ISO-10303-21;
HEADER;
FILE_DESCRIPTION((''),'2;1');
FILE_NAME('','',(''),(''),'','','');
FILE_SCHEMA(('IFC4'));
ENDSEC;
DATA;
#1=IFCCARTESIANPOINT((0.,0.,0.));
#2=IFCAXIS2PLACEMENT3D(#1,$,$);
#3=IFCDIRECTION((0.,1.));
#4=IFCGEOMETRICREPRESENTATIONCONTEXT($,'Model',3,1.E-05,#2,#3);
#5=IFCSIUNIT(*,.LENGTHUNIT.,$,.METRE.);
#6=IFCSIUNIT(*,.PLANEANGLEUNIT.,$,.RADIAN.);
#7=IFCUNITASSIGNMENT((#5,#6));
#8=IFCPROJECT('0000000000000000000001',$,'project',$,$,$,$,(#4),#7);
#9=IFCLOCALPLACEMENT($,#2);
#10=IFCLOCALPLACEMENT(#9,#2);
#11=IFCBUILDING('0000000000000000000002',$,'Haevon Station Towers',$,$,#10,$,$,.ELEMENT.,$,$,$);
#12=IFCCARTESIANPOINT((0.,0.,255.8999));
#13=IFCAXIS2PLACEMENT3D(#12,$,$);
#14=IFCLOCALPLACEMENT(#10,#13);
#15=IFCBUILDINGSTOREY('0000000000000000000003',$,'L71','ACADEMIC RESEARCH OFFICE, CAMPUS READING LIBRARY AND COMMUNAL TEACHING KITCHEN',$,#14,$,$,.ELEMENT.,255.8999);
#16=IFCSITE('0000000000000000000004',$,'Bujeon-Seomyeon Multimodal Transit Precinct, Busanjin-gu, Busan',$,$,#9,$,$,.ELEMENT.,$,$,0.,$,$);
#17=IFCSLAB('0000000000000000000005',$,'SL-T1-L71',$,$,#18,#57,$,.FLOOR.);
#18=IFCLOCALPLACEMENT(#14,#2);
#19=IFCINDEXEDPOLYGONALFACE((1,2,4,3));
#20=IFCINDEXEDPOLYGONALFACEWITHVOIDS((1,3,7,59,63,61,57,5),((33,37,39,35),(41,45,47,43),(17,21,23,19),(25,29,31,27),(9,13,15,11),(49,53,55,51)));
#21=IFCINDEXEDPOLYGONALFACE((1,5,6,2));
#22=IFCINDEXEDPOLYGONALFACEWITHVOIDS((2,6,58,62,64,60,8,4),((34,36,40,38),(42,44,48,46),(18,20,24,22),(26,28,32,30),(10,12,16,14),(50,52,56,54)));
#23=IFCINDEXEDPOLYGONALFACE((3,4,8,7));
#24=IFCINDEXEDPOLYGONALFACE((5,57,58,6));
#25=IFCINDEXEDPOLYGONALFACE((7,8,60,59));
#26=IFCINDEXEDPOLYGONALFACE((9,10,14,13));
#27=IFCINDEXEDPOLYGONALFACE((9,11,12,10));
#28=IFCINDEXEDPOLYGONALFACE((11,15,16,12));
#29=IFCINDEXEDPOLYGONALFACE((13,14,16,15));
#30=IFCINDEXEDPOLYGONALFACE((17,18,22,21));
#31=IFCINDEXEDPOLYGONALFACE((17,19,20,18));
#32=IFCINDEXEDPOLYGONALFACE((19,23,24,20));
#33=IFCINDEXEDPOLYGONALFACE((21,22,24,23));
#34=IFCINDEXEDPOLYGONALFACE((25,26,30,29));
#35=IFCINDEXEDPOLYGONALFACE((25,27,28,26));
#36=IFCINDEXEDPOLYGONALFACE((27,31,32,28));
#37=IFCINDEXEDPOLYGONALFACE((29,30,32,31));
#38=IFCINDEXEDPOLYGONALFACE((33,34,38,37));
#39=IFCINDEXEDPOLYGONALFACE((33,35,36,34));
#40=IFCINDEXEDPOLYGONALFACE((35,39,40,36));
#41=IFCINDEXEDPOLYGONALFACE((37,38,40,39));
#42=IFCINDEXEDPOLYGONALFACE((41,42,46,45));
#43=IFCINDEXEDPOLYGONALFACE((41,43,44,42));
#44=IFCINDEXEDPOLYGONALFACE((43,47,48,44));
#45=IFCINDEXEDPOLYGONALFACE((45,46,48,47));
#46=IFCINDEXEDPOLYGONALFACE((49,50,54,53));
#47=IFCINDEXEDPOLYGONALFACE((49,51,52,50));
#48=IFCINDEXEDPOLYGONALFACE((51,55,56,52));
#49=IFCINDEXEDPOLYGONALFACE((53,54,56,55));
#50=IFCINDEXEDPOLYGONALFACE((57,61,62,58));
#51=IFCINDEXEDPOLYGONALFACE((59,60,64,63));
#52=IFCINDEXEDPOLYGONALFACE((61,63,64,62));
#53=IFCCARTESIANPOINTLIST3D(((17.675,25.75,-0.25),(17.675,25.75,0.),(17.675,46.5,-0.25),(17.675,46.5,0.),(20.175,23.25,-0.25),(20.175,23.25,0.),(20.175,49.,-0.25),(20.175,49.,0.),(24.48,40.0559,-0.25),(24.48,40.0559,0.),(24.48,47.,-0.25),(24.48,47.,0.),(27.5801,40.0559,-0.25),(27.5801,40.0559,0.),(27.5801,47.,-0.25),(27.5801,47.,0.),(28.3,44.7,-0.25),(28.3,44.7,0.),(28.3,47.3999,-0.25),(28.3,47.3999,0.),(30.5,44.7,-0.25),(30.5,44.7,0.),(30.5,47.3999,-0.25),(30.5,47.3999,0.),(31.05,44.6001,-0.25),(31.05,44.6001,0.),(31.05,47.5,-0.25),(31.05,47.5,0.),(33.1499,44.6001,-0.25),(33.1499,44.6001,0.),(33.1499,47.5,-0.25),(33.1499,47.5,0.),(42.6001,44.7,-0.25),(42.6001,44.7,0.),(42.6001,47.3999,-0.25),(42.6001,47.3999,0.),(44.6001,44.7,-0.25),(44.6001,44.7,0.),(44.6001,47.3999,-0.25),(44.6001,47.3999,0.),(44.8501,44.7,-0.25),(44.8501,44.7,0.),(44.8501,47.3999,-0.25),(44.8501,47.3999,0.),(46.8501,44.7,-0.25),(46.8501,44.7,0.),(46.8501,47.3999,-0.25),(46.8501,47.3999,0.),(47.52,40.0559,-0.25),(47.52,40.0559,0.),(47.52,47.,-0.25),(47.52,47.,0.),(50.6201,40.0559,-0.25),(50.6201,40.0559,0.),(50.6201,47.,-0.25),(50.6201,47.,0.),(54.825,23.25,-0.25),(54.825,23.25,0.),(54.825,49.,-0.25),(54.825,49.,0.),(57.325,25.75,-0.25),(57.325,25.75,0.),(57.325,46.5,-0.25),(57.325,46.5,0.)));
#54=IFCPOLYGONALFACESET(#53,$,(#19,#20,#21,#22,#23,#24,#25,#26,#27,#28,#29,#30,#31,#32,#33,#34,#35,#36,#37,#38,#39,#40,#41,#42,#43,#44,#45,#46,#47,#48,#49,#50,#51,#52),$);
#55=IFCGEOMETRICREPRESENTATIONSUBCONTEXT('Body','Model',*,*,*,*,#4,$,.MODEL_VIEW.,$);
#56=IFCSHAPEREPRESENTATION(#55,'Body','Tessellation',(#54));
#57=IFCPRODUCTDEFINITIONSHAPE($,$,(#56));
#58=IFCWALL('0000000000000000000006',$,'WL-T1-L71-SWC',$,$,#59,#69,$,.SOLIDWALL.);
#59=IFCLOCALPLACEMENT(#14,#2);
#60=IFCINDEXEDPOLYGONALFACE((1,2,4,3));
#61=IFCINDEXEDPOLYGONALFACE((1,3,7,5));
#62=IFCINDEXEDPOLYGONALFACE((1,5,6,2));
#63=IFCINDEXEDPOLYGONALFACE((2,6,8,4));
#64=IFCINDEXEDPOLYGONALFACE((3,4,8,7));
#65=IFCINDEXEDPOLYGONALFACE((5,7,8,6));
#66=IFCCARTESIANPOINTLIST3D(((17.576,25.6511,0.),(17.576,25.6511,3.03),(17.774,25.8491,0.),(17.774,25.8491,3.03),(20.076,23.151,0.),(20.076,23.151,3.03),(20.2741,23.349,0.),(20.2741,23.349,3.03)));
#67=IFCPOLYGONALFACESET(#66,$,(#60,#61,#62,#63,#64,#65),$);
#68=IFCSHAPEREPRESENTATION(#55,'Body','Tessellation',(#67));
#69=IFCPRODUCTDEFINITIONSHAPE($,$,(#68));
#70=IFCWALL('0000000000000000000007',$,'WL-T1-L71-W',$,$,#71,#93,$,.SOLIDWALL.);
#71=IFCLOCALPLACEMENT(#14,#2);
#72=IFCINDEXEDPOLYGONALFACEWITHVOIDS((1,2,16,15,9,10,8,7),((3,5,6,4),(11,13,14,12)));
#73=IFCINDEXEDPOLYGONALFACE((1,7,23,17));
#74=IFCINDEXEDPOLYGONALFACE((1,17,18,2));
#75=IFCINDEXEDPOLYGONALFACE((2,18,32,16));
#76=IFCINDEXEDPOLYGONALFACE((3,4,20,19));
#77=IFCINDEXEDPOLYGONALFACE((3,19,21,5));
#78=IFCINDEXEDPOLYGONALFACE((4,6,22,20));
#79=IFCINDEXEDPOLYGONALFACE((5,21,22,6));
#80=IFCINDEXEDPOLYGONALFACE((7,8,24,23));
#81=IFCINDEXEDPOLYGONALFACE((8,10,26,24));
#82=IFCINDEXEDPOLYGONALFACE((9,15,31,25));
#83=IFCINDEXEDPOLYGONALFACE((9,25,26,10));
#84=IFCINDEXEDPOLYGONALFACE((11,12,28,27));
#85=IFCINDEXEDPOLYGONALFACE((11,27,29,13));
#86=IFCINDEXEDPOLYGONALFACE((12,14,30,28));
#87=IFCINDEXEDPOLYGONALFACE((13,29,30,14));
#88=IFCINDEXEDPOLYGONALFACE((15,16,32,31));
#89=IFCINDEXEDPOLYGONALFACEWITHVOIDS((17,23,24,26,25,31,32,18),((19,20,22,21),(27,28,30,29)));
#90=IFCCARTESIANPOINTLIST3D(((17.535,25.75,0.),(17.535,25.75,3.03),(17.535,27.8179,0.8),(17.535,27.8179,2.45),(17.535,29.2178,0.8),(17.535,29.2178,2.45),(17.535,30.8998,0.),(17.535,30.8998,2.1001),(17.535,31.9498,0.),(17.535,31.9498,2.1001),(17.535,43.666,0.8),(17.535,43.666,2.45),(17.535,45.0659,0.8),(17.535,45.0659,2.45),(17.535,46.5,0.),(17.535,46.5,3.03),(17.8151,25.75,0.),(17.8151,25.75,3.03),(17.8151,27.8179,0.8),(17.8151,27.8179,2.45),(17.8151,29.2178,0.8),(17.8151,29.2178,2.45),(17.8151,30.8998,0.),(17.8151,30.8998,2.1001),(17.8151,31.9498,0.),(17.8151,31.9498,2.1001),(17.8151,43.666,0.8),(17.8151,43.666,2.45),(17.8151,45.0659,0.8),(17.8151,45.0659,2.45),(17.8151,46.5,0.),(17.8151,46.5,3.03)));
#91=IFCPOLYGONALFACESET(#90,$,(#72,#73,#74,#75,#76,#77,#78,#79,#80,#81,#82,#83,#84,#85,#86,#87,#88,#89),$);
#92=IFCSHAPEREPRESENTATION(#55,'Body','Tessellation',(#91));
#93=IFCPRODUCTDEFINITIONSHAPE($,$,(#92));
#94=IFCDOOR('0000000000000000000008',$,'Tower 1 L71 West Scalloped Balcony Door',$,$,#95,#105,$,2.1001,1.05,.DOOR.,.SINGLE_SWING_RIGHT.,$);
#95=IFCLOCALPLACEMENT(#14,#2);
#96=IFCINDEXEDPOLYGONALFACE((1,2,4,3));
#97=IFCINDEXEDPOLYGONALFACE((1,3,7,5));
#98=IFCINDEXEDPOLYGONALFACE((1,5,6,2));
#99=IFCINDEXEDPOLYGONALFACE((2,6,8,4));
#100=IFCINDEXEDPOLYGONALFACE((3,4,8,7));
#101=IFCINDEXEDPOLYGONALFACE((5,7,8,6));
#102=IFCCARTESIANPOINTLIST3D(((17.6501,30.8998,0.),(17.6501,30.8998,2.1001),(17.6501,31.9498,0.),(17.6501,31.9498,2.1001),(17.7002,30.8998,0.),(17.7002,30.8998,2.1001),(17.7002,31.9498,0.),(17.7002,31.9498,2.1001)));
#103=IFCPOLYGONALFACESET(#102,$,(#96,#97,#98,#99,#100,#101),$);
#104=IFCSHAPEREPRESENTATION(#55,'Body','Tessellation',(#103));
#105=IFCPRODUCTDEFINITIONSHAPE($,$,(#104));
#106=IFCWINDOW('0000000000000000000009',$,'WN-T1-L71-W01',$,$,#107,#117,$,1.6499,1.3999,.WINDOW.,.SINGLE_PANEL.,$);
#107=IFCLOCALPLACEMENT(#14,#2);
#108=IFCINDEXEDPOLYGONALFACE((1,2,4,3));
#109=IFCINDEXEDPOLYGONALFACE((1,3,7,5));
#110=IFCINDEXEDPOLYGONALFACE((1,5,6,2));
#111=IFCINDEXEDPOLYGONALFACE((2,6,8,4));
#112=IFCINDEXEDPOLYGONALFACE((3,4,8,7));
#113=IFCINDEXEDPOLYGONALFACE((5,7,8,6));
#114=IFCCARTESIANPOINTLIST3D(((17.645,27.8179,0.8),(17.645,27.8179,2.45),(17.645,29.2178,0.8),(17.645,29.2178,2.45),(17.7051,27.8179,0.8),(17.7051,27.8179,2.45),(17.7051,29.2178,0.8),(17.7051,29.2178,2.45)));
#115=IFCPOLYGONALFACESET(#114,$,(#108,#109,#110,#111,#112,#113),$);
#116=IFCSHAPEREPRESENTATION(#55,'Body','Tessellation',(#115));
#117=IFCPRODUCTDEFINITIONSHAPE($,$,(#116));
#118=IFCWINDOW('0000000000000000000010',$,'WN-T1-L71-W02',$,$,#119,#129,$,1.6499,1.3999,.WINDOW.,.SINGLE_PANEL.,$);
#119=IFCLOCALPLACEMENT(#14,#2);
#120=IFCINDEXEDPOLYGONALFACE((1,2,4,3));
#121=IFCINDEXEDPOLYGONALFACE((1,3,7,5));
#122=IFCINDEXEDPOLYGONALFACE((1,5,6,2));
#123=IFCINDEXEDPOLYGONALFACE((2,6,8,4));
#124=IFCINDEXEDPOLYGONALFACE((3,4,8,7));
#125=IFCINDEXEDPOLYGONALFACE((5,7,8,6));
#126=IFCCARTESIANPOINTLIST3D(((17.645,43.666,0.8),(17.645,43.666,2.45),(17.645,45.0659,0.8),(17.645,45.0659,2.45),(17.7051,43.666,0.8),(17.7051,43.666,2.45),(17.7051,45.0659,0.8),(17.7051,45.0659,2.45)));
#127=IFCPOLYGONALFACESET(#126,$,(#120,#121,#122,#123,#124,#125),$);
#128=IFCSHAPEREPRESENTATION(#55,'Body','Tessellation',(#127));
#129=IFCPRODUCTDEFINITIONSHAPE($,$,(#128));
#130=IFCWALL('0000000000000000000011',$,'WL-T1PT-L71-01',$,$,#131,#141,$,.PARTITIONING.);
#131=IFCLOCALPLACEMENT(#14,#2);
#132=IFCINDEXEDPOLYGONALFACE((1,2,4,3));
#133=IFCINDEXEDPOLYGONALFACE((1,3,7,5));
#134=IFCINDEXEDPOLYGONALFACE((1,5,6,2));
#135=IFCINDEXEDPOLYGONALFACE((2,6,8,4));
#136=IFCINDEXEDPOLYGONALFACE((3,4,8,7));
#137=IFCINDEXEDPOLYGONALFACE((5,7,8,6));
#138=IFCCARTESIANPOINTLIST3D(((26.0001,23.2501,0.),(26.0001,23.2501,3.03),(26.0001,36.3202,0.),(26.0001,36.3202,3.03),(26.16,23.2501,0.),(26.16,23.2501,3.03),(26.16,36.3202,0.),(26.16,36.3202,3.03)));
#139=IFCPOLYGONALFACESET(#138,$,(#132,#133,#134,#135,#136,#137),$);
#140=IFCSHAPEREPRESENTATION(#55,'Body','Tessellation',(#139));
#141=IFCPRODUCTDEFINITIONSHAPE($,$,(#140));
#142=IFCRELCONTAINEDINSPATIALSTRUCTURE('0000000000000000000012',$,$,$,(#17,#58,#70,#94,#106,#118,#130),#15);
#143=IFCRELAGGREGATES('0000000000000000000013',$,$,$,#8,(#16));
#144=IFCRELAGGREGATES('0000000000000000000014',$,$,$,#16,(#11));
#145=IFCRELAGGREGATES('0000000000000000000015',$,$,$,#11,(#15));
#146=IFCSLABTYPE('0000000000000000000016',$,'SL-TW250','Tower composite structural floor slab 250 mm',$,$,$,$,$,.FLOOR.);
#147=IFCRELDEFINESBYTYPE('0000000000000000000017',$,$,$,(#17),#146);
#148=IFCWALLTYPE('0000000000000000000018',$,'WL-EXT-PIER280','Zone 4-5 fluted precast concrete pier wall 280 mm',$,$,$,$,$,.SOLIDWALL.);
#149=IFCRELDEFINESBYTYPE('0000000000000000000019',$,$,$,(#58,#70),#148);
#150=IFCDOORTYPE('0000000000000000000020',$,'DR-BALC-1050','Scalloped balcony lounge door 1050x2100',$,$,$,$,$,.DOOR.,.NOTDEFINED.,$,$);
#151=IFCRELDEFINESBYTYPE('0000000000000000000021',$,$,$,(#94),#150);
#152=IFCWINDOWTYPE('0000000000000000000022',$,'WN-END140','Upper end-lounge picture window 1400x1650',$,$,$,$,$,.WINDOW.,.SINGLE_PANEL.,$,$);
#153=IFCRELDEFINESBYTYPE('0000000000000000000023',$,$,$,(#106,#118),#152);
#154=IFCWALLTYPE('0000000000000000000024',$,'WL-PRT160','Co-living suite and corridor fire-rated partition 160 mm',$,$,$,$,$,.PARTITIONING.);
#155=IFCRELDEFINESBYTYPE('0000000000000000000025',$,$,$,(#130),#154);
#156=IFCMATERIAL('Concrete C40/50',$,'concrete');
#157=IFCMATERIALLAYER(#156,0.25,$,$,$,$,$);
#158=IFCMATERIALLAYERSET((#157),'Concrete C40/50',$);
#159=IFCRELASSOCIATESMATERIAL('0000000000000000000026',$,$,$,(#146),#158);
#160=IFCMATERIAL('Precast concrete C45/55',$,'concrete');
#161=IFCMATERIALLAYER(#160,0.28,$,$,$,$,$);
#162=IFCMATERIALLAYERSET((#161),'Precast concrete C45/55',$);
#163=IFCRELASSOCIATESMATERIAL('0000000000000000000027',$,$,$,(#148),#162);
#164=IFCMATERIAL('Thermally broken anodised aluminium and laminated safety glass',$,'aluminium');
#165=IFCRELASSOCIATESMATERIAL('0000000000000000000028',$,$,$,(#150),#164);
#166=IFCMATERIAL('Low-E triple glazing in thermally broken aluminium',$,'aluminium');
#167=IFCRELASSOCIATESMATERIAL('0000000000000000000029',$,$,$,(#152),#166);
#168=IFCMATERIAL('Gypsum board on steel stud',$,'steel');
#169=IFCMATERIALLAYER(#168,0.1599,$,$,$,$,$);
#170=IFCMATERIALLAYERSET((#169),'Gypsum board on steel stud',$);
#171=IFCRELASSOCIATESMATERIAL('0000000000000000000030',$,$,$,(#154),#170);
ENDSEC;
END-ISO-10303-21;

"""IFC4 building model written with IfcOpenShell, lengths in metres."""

from ifc_helpers import new_model, si_unit, direction, frame, frame_2d, origin, place, context, subcontext, project, spatial, polyline, rectangle, outline, extrude, material, layer, layer_set, type_object, element, fill, save


model = new_model("IFC4")

# Units and contexts
model_context = context("Model", 3, precision=1e-05, world=origin(), true_north=direction((0.0, 1.0)))
body_context = subcontext(model_context, "Body", "Model", "MODEL_VIEW")
ifc_project = project(units=[si_unit("LENGTHUNIT", "METRE"), si_unit("PLANEANGLEUNIT", "RADIAN")], contexts=[model_context])

# Site, building, storey
site_placement = place(None, origin())
site = spatial("IfcSite", under=ifc_project, at=site_placement, Name="Bujeon-Seomyeon Multimodal Transit Precinct, Busanjin-gu, Busan", CompositionType="ELEMENT", RefElevation=0.0)
building_placement = place(site_placement, origin())
building = spatial("IfcBuilding", under=site, at=building_placement, Name="Haevon Station Towers", CompositionType="ELEMENT")
storey_placement = place(building_placement, frame((0.0, 0.0, 255.8999)))
storey = spatial("IfcBuildingStorey", under=building, at=storey_placement, Name="L71", Description="ACADEMIC RESEARCH OFFICE, CAMPUS READING LIBRARY AND COMMUNAL TEACHING KITCHEN", CompositionType="ELEMENT", Elevation=255.8999)

# Shared definitions
ifc_material_1 = material(Name="Concrete C40/50", Category="concrete")

# Slab
ifc_layer_1 = layer(ifc_material_1, 0.25)
ifc_layer_set_1 = layer_set([ifc_layer_1], Name="Concrete C40/50")
slab_type_1 = type_object("IfcSlabType", Name="SL-TW250", Description="Tower composite structural floor slab 250 mm", PredefinedType="FLOOR", material=ifc_layer_set_1)
slab_1_placement = place(storey_placement, frame((0.0, 0.0, -0.25)))
element("IfcSlab", 1, at=slab_1_placement, inside=storey, type_object=slab_type_1, Name="SL-T1-L71", PredefinedType="FLOOR", context=body_context, shape_type="SweptSolid", body=[
    extrude(outline(polyline([(20.175, 23.25), (54.825, 23.25), (57.325, 25.75), (57.325, 46.5), (54.825, 49.0), (20.175, 49.0), (17.675, 46.5), (17.675, 25.75), (20.175, 23.25)]), holes=[polyline([(27.5801, 40.0559), (27.5801, 47.0), (24.48, 47.0), (24.48, 40.0559), (27.5801, 40.0559)]), polyline([(50.6201, 40.0559), (50.6201, 47.0), (47.52, 47.0), (47.52, 40.0559), (50.6201, 40.0559)]), polyline([(28.3, 44.7), (30.5, 44.7), (30.5, 47.3999), (28.3, 47.3999), (28.3, 44.7)]), polyline([(31.05, 44.6001), (33.1499, 44.6001), (33.1499, 47.5), (31.05, 47.5), (31.05, 44.6001)]), polyline([(42.6001, 44.7), (44.6001, 44.7), (44.6001, 47.3999), (42.6001, 47.3999), (42.6001, 44.7)]), polyline([(44.8501, 44.7), (46.8501, 44.7), (46.8501, 47.3999), (44.8501, 47.3999), (44.8501, 44.7)])]), origin(), (0.0, 0.0, 1.0), 0.25),
])

# Wall
ifc_material_2 = material(Name="Precast concrete C45/55", Category="concrete")
ifc_layer_2 = layer(ifc_material_2, 0.28)
ifc_layer_set_2 = layer_set([ifc_layer_2], Name="Precast concrete C45/55")
wall_type_1 = type_object("IfcWallType", Name="WL-EXT-PIER280", Description="Zone 4-5 fluted precast concrete pier wall 280 mm", PredefinedType="SOLIDWALL", material=ifc_layer_set_2)
wall_1_placement = place(storey_placement, frame((20.175, 23.25, 0.0), z_axis=(0.0, 0.0, 1.0), x_axis=(-0.707107, 0.707107, 0.0)))
element("IfcWall", 2, at=wall_1_placement, inside=storey, type_object=wall_type_1, Name="WL-T1-L71-SWC", PredefinedType="SOLIDWALL", context=body_context, shape_type="SweptSolid", body=[
    extrude(rectangle(XDim=3.5356, YDim=0.28, at=frame_2d((1.7678, 0.0))), origin(), (0.0, 0.0, 1.0), 3.03),
])

# Wall, openings, door, windows
wall_2_placement = place(storey_placement, frame((17.675, 25.75, 0.0), z_axis=(0.0, 0.0, 1.0), x_axis=(0.0, 1.0, 0.0)))
wall_2 = element("IfcWall", 3, at=wall_2_placement, inside=storey, type_object=wall_type_1, Name="WL-T1-L71-W", PredefinedType="SOLIDWALL", context=body_context, shape_type="SweptSolid", body=[
    extrude(rectangle(XDim=20.75, YDim=0.28, at=frame_2d((10.375, 0.0))), origin(), (0.0, 0.0, 1.0), 3.03),
])
opening_1_placement = place(wall_2_placement, frame((5.1499, 0.0, 0.0)))
opening_1 = element("IfcOpeningElement", 4, at=opening_1_placement, cuts=wall_2, PredefinedType="OPENING", context=body_context, shape_type="SweptSolid", body=[
    extrude(rectangle(XDim=1.05, YDim=2.1001, at=frame_2d((0.5249, 1.05))), frame((0.0, 0.1499, 0.0), z_axis=(0.0, -1.0, 0.0), x_axis=(1.0, 0.0, 0.0)), (0.0, 0.0, 1.0), 0.3),
])
opening_2_placement = place(wall_2_placement, frame((2.0679, 0.0, 0.8)))
opening_2 = element("IfcOpeningElement", 5, at=opening_2_placement, cuts=wall_2, PredefinedType="OPENING", context=body_context, shape_type="SweptSolid", body=[
    extrude(rectangle(XDim=1.3999, YDim=1.6499, at=frame_2d((0.7, 0.825))), frame((0.0, 0.1499, 0.0), z_axis=(0.0, -1.0, 0.0), x_axis=(1.0, 0.0, 0.0)), (0.0, 0.0, 1.0), 0.3),
])
opening_3_placement = place(wall_2_placement, frame((17.916, 0.0, 0.8)))
opening_3 = element("IfcOpeningElement", 6, at=opening_3_placement, cuts=wall_2, PredefinedType="OPENING", context=body_context, shape_type="SweptSolid", body=[
    extrude(rectangle(XDim=1.3999, YDim=1.6499, at=frame_2d((0.7, 0.825))), frame((0.0, 0.1499, 0.0), z_axis=(0.0, -1.0, 0.0), x_axis=(1.0, 0.0, 0.0)), (0.0, 0.0, 1.0), 0.3),
])
ifc_material_3 = material(Name="Thermally broken anodised aluminium and laminated safety glass", Category="aluminium")
door_type_1 = type_object("IfcDoorType", Name="DR-BALC-1050", Description="Scalloped balcony lounge door 1050x2100", OperationType="NOTDEFINED", PredefinedType="DOOR", material=ifc_material_3)
door_1_placement = place(opening_1_placement, origin())
door_1 = element("IfcDoor", 7, at=door_1_placement, inside=storey, type_object=door_type_1, Name="Tower 1 L71 West Scalloped Balcony Door", OperationType="SINGLE_SWING_RIGHT", OverallHeight=2.1001, OverallWidth=1.05, PredefinedType="DOOR", context=body_context, shape_type="SweptSolid", body=[
    extrude(rectangle(XDim=1.05, YDim=2.1001, at=frame_2d((0.5249, 1.05))), frame((0.0, 0.0249, 0.0), z_axis=(0.0, -1.0, 0.0), x_axis=(1.0, 0.0, 0.0)), (0.0, 0.0, 1.0), 0.05),
])
fill(opening_1, door_1)
ifc_material_4 = material(Name="Low-E triple glazing in thermally broken aluminium", Category="aluminium")
window_type = type_object("IfcWindowType", Name="WN-END140", Description="Upper end-lounge picture window 1400x1650", PartitioningType="SINGLE_PANEL", PredefinedType="WINDOW", material=ifc_material_4)
window_1_placement = place(opening_2_placement, origin())
window_1 = element("IfcWindow", 8, at=window_1_placement, inside=storey, type_object=window_type, Name="WN-T1-L71-W01", OverallHeight=1.6499, OverallWidth=1.3999, PartitioningType="SINGLE_PANEL", PredefinedType="WINDOW", context=body_context, shape_type="SweptSolid", body=[
    extrude(rectangle(XDim=1.3999, YDim=1.6499, at=frame_2d((0.7, 0.825))), frame((0.0, 0.03, 0.0), z_axis=(0.0, -1.0, 0.0), x_axis=(1.0, 0.0, 0.0)), (0.0, 0.0, 1.0), 0.0601),
])
fill(opening_2, window_1)
window_2_placement = place(opening_3_placement, origin())
window_2 = element("IfcWindow", 9, at=window_2_placement, inside=storey, type_object=window_type, Name="WN-T1-L71-W02", OverallHeight=1.6499, OverallWidth=1.3999, PartitioningType="SINGLE_PANEL", PredefinedType="WINDOW", context=body_context, shape_type="SweptSolid", body=[
    extrude(rectangle(XDim=1.3999, YDim=1.6499, at=frame_2d((0.7, 0.825))), frame((0.0, 0.03, 0.0), z_axis=(0.0, -1.0, 0.0), x_axis=(1.0, 0.0, 0.0)), (0.0, 0.0, 1.0), 0.0601),
])
fill(opening_3, window_2)

# Wall
ifc_material_5 = material(Name="Gypsum board on steel stud", Category="steel")
ifc_layer_3 = layer(ifc_material_5, 0.1599)
ifc_layer_set_3 = layer_set([ifc_layer_3], Name="Gypsum board on steel stud")
wall_type_2 = type_object("IfcWallType", Name="WL-PRT160", Description="Co-living suite and corridor fire-rated partition 160 mm", PredefinedType="PARTITIONING", material=ifc_layer_set_3)
wall_3_placement = place(storey_placement, frame((26.0801, 23.25, 0.0), z_axis=(0.0, 0.0, 1.0), x_axis=(0.0, 1.0, 0.0)))
element("IfcWall", 10, at=wall_3_placement, inside=storey, type_object=wall_type_2, Name="WL-T1PT-L71-01", PredefinedType="PARTITIONING", context=body_context, shape_type="SweptSolid", body=[
    extrude(rectangle(XDim=13.0701, YDim=0.1599, at=frame_2d((6.5352, 0.0))), origin(), (0.0, 0.0, 1.0), 3.03),
])

save(model, "model.ifc")
